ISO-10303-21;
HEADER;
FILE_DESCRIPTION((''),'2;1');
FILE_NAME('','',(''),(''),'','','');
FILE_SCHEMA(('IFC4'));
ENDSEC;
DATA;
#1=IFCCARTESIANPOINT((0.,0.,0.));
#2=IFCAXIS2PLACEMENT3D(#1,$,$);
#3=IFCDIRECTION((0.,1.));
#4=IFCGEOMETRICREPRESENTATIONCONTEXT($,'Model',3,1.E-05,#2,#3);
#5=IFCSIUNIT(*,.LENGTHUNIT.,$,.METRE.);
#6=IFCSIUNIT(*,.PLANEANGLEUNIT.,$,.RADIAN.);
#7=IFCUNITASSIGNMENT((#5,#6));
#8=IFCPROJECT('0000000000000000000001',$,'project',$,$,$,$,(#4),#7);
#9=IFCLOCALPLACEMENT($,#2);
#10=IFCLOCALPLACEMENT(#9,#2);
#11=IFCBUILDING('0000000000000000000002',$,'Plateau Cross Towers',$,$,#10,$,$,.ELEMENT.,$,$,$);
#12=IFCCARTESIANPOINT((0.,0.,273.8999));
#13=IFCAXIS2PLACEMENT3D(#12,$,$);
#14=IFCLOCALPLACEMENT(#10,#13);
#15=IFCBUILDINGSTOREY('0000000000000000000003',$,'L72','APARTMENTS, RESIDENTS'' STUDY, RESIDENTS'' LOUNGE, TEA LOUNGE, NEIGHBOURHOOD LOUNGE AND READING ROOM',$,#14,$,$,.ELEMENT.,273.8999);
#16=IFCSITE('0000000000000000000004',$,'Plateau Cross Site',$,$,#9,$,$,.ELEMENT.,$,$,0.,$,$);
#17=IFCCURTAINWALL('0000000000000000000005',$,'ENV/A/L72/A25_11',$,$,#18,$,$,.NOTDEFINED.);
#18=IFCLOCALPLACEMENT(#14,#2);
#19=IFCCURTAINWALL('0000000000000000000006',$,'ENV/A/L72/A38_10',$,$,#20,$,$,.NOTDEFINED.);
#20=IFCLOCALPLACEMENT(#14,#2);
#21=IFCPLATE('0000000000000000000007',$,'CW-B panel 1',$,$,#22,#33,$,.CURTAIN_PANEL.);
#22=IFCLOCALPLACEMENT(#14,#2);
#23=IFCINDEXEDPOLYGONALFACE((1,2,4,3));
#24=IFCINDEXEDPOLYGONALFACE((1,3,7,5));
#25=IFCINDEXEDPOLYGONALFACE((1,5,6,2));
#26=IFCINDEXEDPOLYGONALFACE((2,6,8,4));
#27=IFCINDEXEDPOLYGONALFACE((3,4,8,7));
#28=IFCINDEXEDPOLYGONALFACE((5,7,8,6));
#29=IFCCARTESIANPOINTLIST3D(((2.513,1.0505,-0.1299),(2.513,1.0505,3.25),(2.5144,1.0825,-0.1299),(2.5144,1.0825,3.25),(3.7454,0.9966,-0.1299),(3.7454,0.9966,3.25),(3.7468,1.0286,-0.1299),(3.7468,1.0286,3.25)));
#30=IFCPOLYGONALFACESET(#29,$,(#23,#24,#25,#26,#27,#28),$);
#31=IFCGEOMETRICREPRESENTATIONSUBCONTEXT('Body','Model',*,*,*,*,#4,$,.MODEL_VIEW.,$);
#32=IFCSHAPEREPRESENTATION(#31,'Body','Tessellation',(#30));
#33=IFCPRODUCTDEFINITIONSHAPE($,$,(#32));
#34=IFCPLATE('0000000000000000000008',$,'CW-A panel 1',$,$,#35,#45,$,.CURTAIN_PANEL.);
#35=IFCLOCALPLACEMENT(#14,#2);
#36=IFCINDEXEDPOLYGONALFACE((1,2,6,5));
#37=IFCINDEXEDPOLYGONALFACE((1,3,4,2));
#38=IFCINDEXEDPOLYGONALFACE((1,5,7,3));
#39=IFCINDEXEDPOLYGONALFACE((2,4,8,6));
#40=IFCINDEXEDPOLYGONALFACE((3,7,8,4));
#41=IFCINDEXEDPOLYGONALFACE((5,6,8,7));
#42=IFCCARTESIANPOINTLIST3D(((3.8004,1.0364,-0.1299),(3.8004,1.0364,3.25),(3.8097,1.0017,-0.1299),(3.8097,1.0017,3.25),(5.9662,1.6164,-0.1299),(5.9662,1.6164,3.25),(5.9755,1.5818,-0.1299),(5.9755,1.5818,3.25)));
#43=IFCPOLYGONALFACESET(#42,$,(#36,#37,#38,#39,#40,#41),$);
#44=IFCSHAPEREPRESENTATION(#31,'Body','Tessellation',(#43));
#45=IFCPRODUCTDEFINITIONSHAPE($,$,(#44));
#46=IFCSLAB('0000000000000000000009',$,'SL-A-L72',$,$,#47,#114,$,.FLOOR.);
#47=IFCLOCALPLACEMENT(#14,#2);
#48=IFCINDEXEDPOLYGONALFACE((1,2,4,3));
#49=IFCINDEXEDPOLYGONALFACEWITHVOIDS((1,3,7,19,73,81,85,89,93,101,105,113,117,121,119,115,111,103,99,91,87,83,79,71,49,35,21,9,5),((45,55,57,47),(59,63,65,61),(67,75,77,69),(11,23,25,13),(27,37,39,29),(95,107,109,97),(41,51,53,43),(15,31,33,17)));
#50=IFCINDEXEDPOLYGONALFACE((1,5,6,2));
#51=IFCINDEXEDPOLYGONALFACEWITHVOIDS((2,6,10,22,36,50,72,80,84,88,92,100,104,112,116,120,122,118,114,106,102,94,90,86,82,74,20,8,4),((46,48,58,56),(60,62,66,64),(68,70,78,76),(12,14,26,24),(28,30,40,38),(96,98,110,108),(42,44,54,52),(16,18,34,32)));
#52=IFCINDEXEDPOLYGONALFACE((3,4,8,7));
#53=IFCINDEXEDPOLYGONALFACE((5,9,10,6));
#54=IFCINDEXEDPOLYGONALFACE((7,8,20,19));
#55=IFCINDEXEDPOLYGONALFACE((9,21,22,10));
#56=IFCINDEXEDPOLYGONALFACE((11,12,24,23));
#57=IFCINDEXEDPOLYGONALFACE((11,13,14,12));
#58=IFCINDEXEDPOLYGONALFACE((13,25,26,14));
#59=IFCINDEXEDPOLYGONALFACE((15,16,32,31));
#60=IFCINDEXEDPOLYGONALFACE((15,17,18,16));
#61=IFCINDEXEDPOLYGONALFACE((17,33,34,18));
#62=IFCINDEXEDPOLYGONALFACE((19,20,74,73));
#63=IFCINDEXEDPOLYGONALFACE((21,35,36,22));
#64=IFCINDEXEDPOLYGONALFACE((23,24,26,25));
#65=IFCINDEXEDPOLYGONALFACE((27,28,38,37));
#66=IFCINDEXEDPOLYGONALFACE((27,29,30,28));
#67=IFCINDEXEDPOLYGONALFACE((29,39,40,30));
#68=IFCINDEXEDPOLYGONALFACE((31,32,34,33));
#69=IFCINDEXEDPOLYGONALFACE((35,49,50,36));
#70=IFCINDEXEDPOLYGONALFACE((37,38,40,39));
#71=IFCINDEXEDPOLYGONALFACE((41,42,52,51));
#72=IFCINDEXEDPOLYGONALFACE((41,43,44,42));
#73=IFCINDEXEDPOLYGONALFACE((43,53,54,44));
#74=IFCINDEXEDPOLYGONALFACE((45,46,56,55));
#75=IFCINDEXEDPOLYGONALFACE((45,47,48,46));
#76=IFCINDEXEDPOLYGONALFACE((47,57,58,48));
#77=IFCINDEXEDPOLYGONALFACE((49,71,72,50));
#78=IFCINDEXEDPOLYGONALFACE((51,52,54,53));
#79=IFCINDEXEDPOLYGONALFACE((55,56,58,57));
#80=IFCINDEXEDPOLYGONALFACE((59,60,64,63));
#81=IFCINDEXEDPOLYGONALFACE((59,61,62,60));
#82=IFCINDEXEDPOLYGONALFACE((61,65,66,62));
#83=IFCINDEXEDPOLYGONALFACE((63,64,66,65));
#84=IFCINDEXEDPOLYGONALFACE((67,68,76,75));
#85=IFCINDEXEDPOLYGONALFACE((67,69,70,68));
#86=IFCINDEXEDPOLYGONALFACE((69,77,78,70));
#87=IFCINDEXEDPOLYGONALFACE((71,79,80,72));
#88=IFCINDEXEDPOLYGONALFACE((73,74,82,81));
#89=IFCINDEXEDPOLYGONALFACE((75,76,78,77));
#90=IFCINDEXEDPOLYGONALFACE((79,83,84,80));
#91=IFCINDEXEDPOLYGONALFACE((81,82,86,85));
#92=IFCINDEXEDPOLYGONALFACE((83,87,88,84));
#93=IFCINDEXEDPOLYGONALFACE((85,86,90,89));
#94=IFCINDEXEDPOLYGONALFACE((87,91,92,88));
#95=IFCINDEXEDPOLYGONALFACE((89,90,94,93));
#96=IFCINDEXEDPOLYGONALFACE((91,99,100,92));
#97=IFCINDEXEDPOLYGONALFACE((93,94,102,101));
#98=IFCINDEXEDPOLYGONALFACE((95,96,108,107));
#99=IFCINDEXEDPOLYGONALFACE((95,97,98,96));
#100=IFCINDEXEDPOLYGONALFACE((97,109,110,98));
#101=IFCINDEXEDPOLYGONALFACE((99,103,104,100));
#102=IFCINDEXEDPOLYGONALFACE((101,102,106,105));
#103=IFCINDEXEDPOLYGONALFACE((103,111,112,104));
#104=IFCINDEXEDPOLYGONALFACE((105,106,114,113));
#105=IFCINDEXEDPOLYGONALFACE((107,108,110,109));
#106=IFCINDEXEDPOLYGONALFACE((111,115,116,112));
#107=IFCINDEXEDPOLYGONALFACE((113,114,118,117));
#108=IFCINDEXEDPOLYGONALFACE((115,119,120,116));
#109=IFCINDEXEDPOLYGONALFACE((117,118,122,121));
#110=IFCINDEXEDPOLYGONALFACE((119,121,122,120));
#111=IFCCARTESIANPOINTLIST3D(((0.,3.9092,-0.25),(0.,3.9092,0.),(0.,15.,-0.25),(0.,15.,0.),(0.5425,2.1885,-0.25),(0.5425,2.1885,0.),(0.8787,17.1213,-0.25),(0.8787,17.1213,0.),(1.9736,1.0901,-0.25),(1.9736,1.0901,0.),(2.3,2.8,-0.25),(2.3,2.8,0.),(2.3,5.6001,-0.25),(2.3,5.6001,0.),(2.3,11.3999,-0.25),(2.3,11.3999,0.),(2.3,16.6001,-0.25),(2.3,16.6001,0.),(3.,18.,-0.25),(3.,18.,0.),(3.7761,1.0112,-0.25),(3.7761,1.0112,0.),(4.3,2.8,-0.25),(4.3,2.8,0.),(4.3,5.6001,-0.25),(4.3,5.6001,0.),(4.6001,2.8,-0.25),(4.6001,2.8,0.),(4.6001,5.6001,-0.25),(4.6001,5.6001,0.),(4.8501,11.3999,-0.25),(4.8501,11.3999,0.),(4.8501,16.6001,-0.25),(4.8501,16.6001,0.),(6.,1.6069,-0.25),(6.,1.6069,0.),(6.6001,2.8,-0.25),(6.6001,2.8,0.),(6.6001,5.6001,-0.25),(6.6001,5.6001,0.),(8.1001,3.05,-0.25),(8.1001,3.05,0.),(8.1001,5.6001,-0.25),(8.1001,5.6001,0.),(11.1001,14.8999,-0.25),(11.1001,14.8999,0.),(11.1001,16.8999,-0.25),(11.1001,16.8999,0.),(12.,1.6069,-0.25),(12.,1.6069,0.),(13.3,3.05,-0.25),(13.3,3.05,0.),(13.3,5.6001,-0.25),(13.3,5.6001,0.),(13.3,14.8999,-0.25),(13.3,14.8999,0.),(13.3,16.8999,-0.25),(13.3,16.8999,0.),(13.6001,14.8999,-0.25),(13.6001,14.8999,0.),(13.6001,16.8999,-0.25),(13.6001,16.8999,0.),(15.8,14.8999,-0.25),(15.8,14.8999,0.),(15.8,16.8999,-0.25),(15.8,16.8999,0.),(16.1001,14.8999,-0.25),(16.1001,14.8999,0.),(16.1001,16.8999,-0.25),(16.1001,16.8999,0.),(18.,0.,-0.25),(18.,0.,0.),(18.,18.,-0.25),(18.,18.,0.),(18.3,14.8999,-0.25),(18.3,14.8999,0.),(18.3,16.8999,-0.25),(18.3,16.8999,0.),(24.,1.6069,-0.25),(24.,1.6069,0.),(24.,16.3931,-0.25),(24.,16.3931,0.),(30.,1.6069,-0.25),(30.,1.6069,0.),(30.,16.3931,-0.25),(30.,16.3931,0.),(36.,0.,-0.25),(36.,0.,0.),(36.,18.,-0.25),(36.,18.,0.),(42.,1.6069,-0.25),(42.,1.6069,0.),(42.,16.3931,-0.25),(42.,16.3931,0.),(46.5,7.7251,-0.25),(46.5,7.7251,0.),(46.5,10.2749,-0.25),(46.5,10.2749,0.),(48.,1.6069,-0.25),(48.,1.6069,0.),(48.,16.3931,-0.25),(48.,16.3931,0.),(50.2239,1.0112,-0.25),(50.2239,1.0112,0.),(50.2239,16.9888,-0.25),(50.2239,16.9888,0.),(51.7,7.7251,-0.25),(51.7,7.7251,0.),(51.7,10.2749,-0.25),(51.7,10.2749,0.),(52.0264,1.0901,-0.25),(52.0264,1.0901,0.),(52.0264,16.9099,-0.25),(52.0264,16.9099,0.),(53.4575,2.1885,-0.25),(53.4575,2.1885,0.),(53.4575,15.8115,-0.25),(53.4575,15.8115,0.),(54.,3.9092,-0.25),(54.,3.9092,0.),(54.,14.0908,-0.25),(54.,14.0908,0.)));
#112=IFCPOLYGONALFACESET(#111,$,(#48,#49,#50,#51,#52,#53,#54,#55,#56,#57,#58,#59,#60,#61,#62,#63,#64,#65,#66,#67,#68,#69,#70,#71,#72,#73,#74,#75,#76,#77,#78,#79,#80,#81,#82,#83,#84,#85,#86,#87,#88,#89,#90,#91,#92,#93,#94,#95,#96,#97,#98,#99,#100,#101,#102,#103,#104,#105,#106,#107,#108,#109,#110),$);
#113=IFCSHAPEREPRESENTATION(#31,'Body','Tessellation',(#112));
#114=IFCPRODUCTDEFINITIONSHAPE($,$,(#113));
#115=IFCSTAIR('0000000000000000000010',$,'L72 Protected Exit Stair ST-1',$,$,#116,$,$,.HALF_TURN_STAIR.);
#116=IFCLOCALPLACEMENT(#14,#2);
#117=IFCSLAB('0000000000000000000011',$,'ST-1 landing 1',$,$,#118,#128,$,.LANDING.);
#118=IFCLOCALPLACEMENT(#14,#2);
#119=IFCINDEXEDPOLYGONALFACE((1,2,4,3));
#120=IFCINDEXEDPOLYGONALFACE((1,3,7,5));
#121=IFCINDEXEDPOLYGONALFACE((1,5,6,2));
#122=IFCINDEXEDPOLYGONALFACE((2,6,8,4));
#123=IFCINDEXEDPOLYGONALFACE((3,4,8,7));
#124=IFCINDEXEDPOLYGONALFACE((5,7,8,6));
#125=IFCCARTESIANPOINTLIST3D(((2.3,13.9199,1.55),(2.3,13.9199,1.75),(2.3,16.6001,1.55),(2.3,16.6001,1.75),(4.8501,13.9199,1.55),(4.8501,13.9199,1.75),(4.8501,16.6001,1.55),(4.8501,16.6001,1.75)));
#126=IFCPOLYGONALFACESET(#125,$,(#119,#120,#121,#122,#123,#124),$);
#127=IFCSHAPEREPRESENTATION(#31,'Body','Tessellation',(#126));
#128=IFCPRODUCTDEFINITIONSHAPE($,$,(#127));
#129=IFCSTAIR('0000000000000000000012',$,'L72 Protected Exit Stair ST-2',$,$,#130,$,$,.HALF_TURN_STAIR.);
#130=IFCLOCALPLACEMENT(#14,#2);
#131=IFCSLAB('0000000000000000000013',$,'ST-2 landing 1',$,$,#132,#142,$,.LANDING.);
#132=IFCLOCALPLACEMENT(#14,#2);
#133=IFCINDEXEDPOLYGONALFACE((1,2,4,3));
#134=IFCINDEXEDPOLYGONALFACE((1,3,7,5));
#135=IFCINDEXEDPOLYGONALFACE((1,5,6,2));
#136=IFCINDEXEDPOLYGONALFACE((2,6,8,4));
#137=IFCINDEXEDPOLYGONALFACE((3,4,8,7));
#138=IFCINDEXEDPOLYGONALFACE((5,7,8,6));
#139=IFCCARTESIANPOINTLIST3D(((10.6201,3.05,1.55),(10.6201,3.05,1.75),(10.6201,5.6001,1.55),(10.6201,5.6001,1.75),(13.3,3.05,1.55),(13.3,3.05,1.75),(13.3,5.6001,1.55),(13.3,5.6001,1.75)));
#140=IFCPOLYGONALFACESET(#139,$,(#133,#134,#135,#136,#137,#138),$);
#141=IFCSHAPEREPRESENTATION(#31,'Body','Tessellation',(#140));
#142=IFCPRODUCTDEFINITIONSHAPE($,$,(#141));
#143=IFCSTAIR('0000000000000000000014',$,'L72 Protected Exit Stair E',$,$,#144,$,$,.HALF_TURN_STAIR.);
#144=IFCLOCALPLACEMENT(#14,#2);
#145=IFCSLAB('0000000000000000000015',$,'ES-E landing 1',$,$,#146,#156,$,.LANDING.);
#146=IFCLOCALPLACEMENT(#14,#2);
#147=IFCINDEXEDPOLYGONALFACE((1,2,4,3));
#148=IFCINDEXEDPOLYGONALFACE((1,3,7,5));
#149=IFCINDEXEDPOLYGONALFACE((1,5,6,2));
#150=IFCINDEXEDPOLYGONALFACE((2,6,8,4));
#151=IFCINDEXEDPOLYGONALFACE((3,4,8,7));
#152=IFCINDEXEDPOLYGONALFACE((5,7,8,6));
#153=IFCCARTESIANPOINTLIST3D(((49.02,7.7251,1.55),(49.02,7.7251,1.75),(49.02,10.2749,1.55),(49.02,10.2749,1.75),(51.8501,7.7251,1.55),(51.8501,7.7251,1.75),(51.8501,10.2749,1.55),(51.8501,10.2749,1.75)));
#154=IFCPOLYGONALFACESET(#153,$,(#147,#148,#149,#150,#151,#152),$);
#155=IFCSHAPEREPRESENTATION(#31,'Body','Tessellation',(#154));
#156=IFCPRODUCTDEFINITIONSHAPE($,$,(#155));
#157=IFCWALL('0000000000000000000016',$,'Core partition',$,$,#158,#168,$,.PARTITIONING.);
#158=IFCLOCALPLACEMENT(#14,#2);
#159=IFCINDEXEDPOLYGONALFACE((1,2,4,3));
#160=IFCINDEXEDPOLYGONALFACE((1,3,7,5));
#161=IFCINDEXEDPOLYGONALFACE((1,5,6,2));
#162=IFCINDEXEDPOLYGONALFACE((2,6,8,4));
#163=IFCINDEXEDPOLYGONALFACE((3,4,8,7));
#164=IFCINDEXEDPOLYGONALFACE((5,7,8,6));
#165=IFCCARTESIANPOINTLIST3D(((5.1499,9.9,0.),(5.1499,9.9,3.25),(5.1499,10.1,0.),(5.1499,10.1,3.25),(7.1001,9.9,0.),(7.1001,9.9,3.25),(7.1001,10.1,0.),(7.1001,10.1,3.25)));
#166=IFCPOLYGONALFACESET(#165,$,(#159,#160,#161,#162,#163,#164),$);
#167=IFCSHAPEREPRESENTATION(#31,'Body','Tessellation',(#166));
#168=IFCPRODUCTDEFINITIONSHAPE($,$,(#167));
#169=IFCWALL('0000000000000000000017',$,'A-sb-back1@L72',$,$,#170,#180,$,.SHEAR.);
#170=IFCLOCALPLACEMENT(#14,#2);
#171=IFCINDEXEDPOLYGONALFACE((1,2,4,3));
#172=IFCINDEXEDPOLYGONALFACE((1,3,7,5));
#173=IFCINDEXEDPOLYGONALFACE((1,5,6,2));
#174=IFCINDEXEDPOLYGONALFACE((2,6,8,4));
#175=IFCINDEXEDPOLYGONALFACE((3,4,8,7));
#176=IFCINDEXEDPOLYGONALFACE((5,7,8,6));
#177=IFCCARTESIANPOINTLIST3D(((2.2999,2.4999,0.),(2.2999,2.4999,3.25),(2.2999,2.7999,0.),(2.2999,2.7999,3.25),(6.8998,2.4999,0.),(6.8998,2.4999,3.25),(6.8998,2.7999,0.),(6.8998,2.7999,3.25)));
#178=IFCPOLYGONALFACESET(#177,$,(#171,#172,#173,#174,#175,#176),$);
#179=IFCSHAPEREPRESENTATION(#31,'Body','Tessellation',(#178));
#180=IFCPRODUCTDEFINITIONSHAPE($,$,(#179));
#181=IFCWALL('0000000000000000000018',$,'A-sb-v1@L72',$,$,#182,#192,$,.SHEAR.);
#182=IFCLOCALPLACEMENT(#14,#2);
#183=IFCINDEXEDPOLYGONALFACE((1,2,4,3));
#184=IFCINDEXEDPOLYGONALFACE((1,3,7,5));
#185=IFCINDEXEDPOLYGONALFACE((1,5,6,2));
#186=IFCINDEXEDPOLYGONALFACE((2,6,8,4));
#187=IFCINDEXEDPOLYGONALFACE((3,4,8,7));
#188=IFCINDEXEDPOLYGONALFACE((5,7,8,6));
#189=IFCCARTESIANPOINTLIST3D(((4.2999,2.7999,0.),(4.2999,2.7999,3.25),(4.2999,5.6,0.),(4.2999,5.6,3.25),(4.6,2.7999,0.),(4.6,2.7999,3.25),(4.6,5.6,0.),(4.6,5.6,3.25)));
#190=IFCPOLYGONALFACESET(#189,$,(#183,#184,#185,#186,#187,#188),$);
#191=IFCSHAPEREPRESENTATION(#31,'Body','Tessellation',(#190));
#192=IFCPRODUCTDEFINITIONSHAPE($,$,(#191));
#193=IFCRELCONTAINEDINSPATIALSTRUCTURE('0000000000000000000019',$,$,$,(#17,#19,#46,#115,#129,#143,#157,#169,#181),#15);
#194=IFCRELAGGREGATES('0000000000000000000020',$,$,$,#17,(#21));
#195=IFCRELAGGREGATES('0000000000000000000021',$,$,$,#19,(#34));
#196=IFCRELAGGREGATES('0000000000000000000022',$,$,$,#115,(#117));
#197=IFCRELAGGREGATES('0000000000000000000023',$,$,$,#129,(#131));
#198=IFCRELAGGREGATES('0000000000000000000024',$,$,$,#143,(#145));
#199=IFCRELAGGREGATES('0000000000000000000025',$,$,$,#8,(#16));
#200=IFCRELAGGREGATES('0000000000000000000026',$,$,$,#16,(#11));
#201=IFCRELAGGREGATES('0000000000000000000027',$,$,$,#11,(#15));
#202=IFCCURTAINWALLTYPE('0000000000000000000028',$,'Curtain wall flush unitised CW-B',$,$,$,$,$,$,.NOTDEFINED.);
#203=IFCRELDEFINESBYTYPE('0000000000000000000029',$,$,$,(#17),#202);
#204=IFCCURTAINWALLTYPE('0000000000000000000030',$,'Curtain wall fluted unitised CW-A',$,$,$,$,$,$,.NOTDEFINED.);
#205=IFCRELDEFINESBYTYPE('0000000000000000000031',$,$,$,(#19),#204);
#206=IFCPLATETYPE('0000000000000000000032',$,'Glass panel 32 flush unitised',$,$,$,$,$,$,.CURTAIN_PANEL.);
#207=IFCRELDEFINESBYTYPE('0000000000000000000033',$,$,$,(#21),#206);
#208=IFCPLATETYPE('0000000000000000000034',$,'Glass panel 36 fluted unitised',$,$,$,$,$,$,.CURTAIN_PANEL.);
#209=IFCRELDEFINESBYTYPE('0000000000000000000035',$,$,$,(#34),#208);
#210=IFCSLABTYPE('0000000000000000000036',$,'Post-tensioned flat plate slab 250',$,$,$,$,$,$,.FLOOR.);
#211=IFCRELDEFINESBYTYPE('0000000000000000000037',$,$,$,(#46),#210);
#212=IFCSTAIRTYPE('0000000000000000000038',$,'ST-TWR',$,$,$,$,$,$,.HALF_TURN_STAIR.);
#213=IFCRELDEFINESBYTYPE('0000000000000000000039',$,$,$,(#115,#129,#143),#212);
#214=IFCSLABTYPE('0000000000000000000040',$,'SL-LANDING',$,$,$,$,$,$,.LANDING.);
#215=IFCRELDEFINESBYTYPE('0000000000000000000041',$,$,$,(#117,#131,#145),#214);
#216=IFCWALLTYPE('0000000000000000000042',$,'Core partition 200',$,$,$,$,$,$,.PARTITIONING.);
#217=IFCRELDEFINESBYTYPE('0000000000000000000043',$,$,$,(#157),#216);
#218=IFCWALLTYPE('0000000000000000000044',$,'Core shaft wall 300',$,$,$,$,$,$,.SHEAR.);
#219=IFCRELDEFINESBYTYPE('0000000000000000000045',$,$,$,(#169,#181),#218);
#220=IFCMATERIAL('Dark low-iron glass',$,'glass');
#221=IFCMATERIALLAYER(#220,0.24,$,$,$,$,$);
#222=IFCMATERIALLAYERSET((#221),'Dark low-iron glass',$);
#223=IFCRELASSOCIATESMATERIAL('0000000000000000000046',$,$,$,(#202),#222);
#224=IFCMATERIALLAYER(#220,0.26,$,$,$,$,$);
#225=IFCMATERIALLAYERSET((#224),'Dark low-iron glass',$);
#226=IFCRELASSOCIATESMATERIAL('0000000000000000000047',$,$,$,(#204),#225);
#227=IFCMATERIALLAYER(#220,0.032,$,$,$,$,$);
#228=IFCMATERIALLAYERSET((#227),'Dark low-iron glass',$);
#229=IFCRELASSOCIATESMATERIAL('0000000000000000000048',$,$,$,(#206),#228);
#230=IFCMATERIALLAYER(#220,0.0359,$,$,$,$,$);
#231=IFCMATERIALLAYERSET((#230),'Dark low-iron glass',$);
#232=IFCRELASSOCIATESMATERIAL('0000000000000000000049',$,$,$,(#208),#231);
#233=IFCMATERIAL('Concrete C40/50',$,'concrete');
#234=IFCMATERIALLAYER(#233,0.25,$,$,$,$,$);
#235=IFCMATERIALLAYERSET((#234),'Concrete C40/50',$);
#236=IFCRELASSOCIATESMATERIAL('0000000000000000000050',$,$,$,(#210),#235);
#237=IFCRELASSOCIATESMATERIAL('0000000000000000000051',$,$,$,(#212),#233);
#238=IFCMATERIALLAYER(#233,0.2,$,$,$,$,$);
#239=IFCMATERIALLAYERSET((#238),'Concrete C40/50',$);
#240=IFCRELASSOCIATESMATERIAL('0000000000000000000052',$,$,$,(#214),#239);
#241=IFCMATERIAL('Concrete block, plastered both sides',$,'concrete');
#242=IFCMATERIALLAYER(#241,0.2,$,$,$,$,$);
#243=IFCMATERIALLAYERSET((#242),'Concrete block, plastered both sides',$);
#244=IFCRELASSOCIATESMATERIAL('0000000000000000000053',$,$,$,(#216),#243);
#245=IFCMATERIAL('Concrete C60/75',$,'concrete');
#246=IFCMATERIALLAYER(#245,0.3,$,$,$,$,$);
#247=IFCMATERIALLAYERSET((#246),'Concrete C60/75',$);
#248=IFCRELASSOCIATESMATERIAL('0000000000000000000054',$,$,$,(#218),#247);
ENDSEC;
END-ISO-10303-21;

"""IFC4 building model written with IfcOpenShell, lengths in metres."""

from ifc_helpers import new_model, si_unit, direction, frame, frame_2d, origin, origin_2d, place, context, subcontext, project, spatial, polyline, rectangle, outline, extrude, material, layer, layer_set, type_object, element, aggregate, save


model = new_model("IFC4")

# Units and contexts
model_context = context("Model", 3, precision=1e-05, world=origin(), true_north=direction((0.0, 1.0)))
body_context = subcontext(model_context, "Body", "Model", "MODEL_VIEW")
ifc_project = project(units=[si_unit("LENGTHUNIT", "METRE"), si_unit("PLANEANGLEUNIT", "RADIAN")], contexts=[model_context])

# Site, building, storey
site_placement = place(None, origin())
site = spatial("IfcSite", under=ifc_project, at=site_placement, Name="Plateau Cross Site", CompositionType="ELEMENT", RefElevation=0.0)
building_placement = place(site_placement, origin())
building = spatial("IfcBuilding", under=site, at=building_placement, Name="Plateau Cross Towers", CompositionType="ELEMENT")
storey_placement = place(building_placement, frame((0.0, 0.0, 273.8999)))
storey = spatial("IfcBuildingStorey", under=building, at=storey_placement, Name="L72", Description="APARTMENTS, RESIDENTS' STUDY, RESIDENTS' LOUNGE, TEA LOUNGE, NEIGHBOURHOOD LOUNGE AND READING ROOM", CompositionType="ELEMENT", Elevation=273.8999)

# Shared definitions
ifc_material_1 = material(Name="Concrete C60/75", Category="concrete")

# Shared definitions
ifc_material_2 = material(Name="Dark low-iron glass", Category="glass")
ifc_layer_1 = layer(ifc_material_2, 0.24)
ifc_layer_set_1 = layer_set([ifc_layer_1], Name="Dark low-iron glass")
curtain_wall_type_1 = type_object("IfcCurtainWallType", Name="Curtain wall flush unitised CW-B", PredefinedType="NOTDEFINED", material=ifc_layer_set_1)

# Curtain walls
curtain_wall_1_placement = place(storey_placement, origin())
curtain_wall_1 = element("IfcCurtainWall", 1, at=curtain_wall_1_placement, inside=storey, type_object=curtain_wall_type_1, Name="ENV/A/L72/A25_11", PredefinedType="NOTDEFINED")
ifc_layer_2 = layer(ifc_material_2, 0.26)
ifc_layer_set_2 = layer_set([ifc_layer_2], Name="Dark low-iron glass")
curtain_wall_type_2 = type_object("IfcCurtainWallType", Name="Curtain wall fluted unitised CW-A", PredefinedType="NOTDEFINED", material=ifc_layer_set_2)
curtain_wall_2_placement = place(storey_placement, origin())
curtain_wall_2 = element("IfcCurtainWall", 2, at=curtain_wall_2_placement, inside=storey, type_object=curtain_wall_type_2, Name="ENV/A/L72/A38_10", PredefinedType="NOTDEFINED")

# Plates
ifc_layer_3 = layer(ifc_material_2, 0.032)
ifc_layer_set_3 = layer_set([ifc_layer_3], Name="Dark low-iron glass")
plate_type_1 = type_object("IfcPlateType", Name="Glass panel 32 flush unitised", PredefinedType="CURTAIN_PANEL", material=ifc_layer_set_3)
plate_1_placement = place(storey_placement, frame((3.1299, 1.0396, -0.1299), z_axis=(0.0, 0.0, 1.0), x_axis=(0.999044, -0.043723, 0.0)))
plate_1 = element("IfcPlate", 3, at=plate_1_placement, type_object=plate_type_1, Name="CW-B panel 1", PredefinedType="CURTAIN_PANEL", context=body_context, shape_type="SweptSolid", body=[
    extrude(rectangle(XDim=1.2336, YDim=0.032, at=origin_2d()), origin(), (0.0, 0.0, 1.0), 3.3799),
])
aggregate(curtain_wall_1, [plate_1])
ifc_layer_4 = layer(ifc_material_2, 0.0359)
ifc_layer_set_4 = layer_set([ifc_layer_4], Name="Dark low-iron glass")
plate_type_2 = type_object("IfcPlateType", Name="Glass panel 36 fluted unitised", PredefinedType="CURTAIN_PANEL", material=ifc_layer_set_4)
plate_2_placement = place(storey_placement, frame((4.8879, 1.3091, -0.1299), z_axis=(0.0, 0.0, 1.0), x_axis=(0.965958, 0.258699, 0.0)))
plate_2 = element("IfcPlate", 4, at=plate_2_placement, type_object=plate_type_2, Name="CW-A panel 1", PredefinedType="CURTAIN_PANEL", context=body_context, shape_type="SweptSolid", body=[
    extrude(rectangle(XDim=2.2422, YDim=0.0359, at=origin_2d()), origin(), (0.0, 0.0, 1.0), 3.3799),
])
aggregate(curtain_wall_2, [plate_2])

# Slab
ifc_material_3 = material(Name="Concrete C40/50", Category="concrete")
ifc_layer_5 = layer(ifc_material_3, 0.25)
ifc_layer_set_5 = layer_set([ifc_layer_5], Name="Concrete C40/50")
slab_type_1 = type_object("IfcSlabType", Name="Post-tensioned flat plate slab 250", PredefinedType="FLOOR", material=ifc_layer_set_5)
slab_1_placement = place(storey_placement, frame((0.0, 0.0, -0.25)))
element("IfcSlab", 5, at=slab_1_placement, inside=storey, type_object=slab_type_1, Name="SL-A-L72", PredefinedType="FLOOR", context=body_context, shape_type="SweptSolid", body=[
    extrude(outline(polyline([(1.9736, 1.0901), (0.5425, 2.1885), (0.0, 3.9092), (0.0, 15.0), (0.8787, 17.1213), (3.0, 18.0), (18.0, 18.0), (24.0, 16.3931), (30.0, 16.3931), (36.0, 18.0), (42.0, 16.3931), (48.0, 16.3931), (50.2239, 16.9888), (52.0264, 16.9099), (53.4575, 15.8115), (54.0, 14.0908), (54.0, 3.9092), (53.4575, 2.1885), (52.0264, 1.0901), (50.2239, 1.0112), (48.0, 1.6069), (42.0, 1.6069), (36.0, 0.0), (30.0, 1.6069), (24.0, 1.6069), (18.0, 0.0), (12.0, 1.6069), (6.0, 1.6069), (3.7761, 1.0112), (1.9736, 1.0901)]), holes=[polyline([(4.3, 5.6001), (2.3, 5.6001), (2.3, 2.8), (4.3, 2.8), (4.3, 5.6001)]), polyline([(6.6001, 5.6001), (4.6001, 5.6001), (4.6001, 2.8), (6.6001, 2.8), (6.6001, 5.6001)]), polyline([(13.3, 5.6001), (8.1001, 5.6001), (8.1001, 3.05), (13.3, 3.05), (13.3, 5.6001)]), polyline([(51.7, 10.2749), (46.5, 10.2749), (46.5, 7.7251), (51.7, 7.7251), (51.7, 10.2749)]), polyline([(2.3, 16.6001), (2.3, 11.3999), (4.8501, 11.3999), (4.8501, 16.6001), (2.3, 16.6001)]), polyline([(13.3, 16.8999), (11.1001, 16.8999), (11.1001, 14.8999), (13.3, 14.8999), (13.3, 16.8999)]), polyline([(15.8, 16.8999), (13.6001, 16.8999), (13.6001, 14.8999), (15.8, 14.8999), (15.8, 16.8999)]), polyline([(18.3, 16.8999), (16.1001, 16.8999), (16.1001, 14.8999), (18.3, 14.8999), (18.3, 16.8999)])]), origin(), (0.0, 0.0, 1.0), 0.25),
])

# Stairs, slabs
stair_type = type_object("IfcStairType", Name="ST-TWR", PredefinedType="HALF_TURN_STAIR", material=ifc_material_3)
stair_1_placement = place(storey_placement, origin())
stair_1 = element("IfcStair", 6, at=stair_1_placement, inside=storey, type_object=stair_type, Name="L72 Protected Exit Stair ST-1", PredefinedType="HALF_TURN_STAIR")
ifc_layer_6 = layer(ifc_material_3, 0.2)
ifc_layer_set_6 = layer_set([ifc_layer_6], Name="Concrete C40/50")
slab_type_2 = type_object("IfcSlabType", Name="SL-LANDING", PredefinedType="LANDING", material=ifc_layer_set_6)
slab_2_placement = place(storey_placement, frame((0.0, 0.0, 1.55)))
slab_2 = element("IfcSlab", 7, at=slab_2_placement, type_object=slab_type_2, Name="ST-1 landing 1", PredefinedType="LANDING", context=body_context, shape_type="SweptSolid", body=[
    extrude(outline(polyline([(4.8501, 13.9199), (4.8501, 16.6001), (2.3, 16.6001), (2.3, 13.9199), (4.8501, 13.9199)])), origin(), (0.0, 0.0, 1.0), 0.2),
])
aggregate(stair_1, [slab_2])
stair_2_placement = place(storey_placement, origin())
stair_2 = element("IfcStair", 8, at=stair_2_placement, inside=storey, type_object=stair_type, Name="L72 Protected Exit Stair ST-2", PredefinedType="HALF_TURN_STAIR")
slab_3_placement = place(storey_placement, frame((0.0, 0.0, 1.55)))
slab_3 = element("IfcSlab", 9, at=slab_3_placement, type_object=slab_type_2, Name="ST-2 landing 1", PredefinedType="LANDING", context=body_context, shape_type="SweptSolid", body=[
    extrude(outline(polyline([(10.6201, 3.05), (13.3, 3.05), (13.3, 5.6001), (10.6201, 5.6001), (10.6201, 3.05)])), origin(), (0.0, 0.0, 1.0), 0.2),
])
aggregate(stair_2, [slab_3])
stair_3_placement = place(storey_placement, origin())
stair_3 = element("IfcStair", 10, at=stair_3_placement, inside=storey, type_object=stair_type, Name="L72 Protected Exit Stair E", PredefinedType="HALF_TURN_STAIR")
slab_4_placement = place(storey_placement, frame((0.0, 0.0, 1.55)))
slab_4 = element("IfcSlab", 11, at=slab_4_placement, type_object=slab_type_2, Name="ES-E landing 1", PredefinedType="LANDING", context=body_context, shape_type="SweptSolid", body=[
    extrude(outline(polyline([(49.02, 7.7251), (51.8501, 7.7251), (51.8501, 10.2749), (49.02, 10.2749), (49.02, 7.7251)])), origin(), (0.0, 0.0, 1.0), 0.2),
])
aggregate(stair_3, [slab_4])

# Walls
ifc_material_4 = material(Name="Concrete block, plastered both sides", Category="concrete")
ifc_layer_7 = layer(ifc_material_4, 0.2)
ifc_layer_set_7 = layer_set([ifc_layer_7], Name="Concrete block, plastered both sides")
wall_type_1 = type_object("IfcWallType", Name="Core partition 200", PredefinedType="PARTITIONING", material=ifc_layer_set_7)
wall_1_placement = place(storey_placement, frame((5.1499, 10.0, 0.0), z_axis=(0.0, 0.0, 1.0), x_axis=(1.0, 0.0, 0.0)))
element("IfcWall", 12, at=wall_1_placement, inside=storey, type_object=wall_type_1, Name="Core partition", PredefinedType="PARTITIONING", context=body_context, shape_type="SweptSolid", body=[
    extrude(rectangle(XDim=1.9502, YDim=0.2, at=frame_2d((0.9751, 0.0))), origin(), (0.0, 0.0, 1.0), 3.25),
])
ifc_layer_8 = layer(ifc_material_1, 0.3)
ifc_layer_set_8 = layer_set([ifc_layer_8], Name="Concrete C60/75")
wall_type_2 = type_object("IfcWallType", Name="Core shaft wall 300", PredefinedType="SHEAR", material=ifc_layer_set_8)
wall_2_placement = place(storey_placement, frame((2.3, 2.6499, 0.0), z_axis=(0.0, 0.0, 1.0), x_axis=(1.0, 0.0, 0.0)))
element("IfcWall", 13, at=wall_2_placement, inside=storey, type_object=wall_type_2, Name="A-sb-back1@L72", PredefinedType="SHEAR", context=body_context, shape_type="SweptSolid", body=[
    extrude(rectangle(XDim=4.5999, YDim=0.3, at=frame_2d((2.2998, 0.0))), origin(), (0.0, 0.0, 1.0), 3.25),
])
wall_3_placement = place(storey_placement, frame((4.45, 2.8, 0.0), z_axis=(0.0, 0.0, 1.0), x_axis=(0.0, 1.0, 0.0)))
element("IfcWall", 14, at=wall_3_placement, inside=storey, type_object=wall_type_2, Name="A-sb-v1@L72", PredefinedType="SHEAR", context=body_context, shape_type="SweptSolid", body=[
    extrude(rectangle(XDim=2.8, YDim=0.3, at=frame_2d((1.3999, 0.0))), origin(), (0.0, 0.0, 1.0), 3.25),
])

save(model, "model.ifc")
